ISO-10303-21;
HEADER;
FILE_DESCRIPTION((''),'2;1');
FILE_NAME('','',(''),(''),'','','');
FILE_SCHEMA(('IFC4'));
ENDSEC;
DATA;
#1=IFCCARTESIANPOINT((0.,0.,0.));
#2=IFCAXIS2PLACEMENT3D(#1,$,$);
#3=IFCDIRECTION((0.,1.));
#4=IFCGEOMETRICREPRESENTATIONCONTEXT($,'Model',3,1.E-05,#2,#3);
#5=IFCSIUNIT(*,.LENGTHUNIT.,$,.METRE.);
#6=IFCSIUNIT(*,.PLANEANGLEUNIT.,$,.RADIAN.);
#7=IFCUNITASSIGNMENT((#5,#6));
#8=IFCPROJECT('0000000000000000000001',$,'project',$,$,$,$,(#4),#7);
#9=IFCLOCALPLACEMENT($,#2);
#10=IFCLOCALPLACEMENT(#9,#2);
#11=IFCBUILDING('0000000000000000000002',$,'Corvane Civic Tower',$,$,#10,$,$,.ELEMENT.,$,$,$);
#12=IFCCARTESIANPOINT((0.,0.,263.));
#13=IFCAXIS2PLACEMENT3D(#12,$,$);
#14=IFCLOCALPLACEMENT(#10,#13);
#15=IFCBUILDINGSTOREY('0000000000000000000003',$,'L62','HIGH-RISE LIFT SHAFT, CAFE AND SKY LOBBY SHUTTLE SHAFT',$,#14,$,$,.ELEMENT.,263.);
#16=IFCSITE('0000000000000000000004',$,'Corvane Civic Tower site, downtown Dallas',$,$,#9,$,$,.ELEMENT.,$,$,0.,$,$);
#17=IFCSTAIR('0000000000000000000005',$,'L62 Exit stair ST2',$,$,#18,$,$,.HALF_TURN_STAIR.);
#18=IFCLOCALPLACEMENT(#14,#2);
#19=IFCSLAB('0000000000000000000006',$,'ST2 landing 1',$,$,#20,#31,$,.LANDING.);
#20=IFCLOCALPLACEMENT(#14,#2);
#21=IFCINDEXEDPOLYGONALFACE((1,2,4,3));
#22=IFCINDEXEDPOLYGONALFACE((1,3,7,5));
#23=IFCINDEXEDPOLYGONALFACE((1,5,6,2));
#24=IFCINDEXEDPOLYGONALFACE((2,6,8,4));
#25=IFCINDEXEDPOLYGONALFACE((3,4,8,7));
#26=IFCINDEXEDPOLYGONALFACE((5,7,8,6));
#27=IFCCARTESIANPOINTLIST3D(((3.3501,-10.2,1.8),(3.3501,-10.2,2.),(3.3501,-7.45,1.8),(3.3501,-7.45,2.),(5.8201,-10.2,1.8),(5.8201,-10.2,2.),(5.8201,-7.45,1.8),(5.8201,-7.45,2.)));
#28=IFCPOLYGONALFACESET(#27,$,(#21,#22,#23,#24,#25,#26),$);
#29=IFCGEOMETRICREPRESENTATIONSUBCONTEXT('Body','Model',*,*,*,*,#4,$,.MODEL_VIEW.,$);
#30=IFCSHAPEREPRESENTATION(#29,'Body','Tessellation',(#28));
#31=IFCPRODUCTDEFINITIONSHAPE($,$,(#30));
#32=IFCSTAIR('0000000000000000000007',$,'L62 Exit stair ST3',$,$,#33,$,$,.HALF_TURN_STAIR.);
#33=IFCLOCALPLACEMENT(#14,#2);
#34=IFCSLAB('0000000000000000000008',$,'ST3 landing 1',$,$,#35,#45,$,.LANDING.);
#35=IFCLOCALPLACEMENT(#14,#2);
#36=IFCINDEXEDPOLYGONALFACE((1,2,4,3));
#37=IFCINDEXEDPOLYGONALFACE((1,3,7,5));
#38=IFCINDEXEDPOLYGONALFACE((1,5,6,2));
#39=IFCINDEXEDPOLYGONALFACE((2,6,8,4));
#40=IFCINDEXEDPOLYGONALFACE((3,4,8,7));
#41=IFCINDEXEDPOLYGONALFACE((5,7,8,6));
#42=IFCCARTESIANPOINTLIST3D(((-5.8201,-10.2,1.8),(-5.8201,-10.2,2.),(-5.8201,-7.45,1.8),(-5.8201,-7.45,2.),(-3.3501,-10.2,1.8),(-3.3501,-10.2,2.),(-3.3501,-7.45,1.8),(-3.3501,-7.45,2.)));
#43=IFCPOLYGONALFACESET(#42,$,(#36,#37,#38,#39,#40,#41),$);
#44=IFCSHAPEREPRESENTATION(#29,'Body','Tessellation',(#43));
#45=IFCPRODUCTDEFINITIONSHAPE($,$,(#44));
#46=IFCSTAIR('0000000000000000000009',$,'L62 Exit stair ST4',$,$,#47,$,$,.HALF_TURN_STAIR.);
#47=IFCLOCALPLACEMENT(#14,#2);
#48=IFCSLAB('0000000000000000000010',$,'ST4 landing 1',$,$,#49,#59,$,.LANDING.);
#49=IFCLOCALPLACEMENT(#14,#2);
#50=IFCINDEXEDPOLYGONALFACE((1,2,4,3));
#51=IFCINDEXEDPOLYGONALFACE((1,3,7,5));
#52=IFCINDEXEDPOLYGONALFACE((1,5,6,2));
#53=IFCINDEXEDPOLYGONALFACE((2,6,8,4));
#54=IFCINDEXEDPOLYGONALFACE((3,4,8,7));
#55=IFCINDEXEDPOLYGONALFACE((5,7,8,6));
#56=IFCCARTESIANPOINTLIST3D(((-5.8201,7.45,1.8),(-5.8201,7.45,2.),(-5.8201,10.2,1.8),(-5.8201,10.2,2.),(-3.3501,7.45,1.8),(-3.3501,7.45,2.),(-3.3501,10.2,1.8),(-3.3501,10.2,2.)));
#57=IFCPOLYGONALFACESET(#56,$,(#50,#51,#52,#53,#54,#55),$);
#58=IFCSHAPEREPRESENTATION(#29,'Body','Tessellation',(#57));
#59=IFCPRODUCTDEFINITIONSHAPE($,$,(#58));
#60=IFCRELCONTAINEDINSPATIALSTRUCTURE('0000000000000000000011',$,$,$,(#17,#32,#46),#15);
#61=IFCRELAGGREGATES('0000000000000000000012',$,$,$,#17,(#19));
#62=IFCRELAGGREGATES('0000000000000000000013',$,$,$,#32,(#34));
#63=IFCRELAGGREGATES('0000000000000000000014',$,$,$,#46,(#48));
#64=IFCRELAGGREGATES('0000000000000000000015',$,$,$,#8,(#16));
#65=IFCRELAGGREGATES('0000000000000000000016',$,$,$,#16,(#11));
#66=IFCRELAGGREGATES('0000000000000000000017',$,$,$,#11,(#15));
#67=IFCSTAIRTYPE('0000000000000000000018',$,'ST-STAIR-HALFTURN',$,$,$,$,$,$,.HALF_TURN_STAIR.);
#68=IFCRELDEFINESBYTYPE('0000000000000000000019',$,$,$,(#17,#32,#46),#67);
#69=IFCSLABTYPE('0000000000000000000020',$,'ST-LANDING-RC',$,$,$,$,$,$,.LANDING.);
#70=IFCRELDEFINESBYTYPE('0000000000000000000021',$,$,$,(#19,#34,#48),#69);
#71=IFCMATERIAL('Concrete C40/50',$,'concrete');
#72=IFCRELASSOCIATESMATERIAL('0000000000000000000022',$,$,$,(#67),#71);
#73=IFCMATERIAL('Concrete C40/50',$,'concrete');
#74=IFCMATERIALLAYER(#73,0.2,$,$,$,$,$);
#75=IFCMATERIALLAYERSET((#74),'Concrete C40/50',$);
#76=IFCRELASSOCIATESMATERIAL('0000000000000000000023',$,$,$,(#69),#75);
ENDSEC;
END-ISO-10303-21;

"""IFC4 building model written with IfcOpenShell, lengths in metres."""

from ifc_helpers import new_model, si_unit, direction, frame, origin, place, context, subcontext, project, spatial, polyline, outline, extrude, material, layer, layer_set, type_object, element, aggregate, save


model = new_model("IFC4")

# Units and contexts
model_context = context("Model", 3, precision=1e-05, world=origin(), true_north=direction((0.0, 1.0)))
body_context = subcontext(model_context, "Body", "Model", "MODEL_VIEW")
ifc_project = project(units=[si_unit("LENGTHUNIT", "METRE"), si_unit("PLANEANGLEUNIT", "RADIAN")], contexts=[model_context])

# Site, building, storey
site_placement = place(None, origin())
site = spatial("IfcSite", under=ifc_project, at=site_placement, Name="Corvane Civic Tower site, downtown Dallas", CompositionType="ELEMENT", RefElevation=0.0)
building_placement = place(site_placement, origin())
building = spatial("IfcBuilding", under=site, at=building_placement, Name="Corvane Civic Tower", CompositionType="ELEMENT")
storey_placement = place(building_placement, frame((0.0, 0.0, 263.0)))
storey = spatial("IfcBuildingStorey", under=building, at=storey_placement, Name="L62", Description="HIGH-RISE LIFT SHAFT, CAFE AND SKY LOBBY SHUTTLE SHAFT", CompositionType="ELEMENT", Elevation=263.0)

# Stairs, slabs
ifc_material_1 = material(Name="Concrete C40/50", Category="concrete")
stair_type = type_object("IfcStairType", Name="ST-STAIR-HALFTURN", PredefinedType="HALF_TURN_STAIR", material=ifc_material_1)
stair_1_placement = place(storey_placement, origin())
stair_1 = element("IfcStair", 1, at=stair_1_placement, inside=storey, type_object=stair_type, Name="L62 Exit stair ST2", PredefinedType="HALF_TURN_STAIR")
ifc_material_2 = material(Name="Concrete C40/50", Category="concrete")
ifc_layer_1 = layer(ifc_material_2, 0.2)
ifc_layer_set_1 = layer_set([ifc_layer_1], Name="Concrete C40/50")
slab_type = type_object("IfcSlabType", Name="ST-LANDING-RC", PredefinedType="LANDING", material=ifc_layer_set_1)
slab_1_placement = place(storey_placement, frame((0.0, 0.0, 1.8)))
slab_1 = element("IfcSlab", 2, at=slab_1_placement, type_object=slab_type, Name="ST2 landing 1", PredefinedType="LANDING", context=body_context, shape_type="SweptSolid", body=[
    extrude(outline(polyline([(5.8201, -7.45), (3.3501, -7.45), (3.3501, -10.2), (5.8201, -10.2), (5.8201, -7.45)])), origin(), (0.0, 0.0, 1.0), 0.2),
])
aggregate(stair_1, [slab_1])
stair_2_placement = place(storey_placement, origin())
stair_2 = element("IfcStair", 3, at=stair_2_placement, inside=storey, type_object=stair_type, Name="L62 Exit stair ST3", PredefinedType="HALF_TURN_STAIR")
slab_2_placement = place(storey_placement, frame((0.0, 0.0, 1.8)))
slab_2 = element("IfcSlab", 4, at=slab_2_placement, type_object=slab_type, Name="ST3 landing 1", PredefinedType="LANDING", context=body_context, shape_type="SweptSolid", body=[
    extrude(outline(polyline([(-5.8201, -10.2), (-3.3501, -10.2), (-3.3501, -7.45), (-5.8201, -7.45), (-5.8201, -10.2)])), origin(), (0.0, 0.0, 1.0), 0.2),
])
aggregate(stair_2, [slab_2])
stair_3_placement = place(storey_placement, origin())
stair_3 = element("IfcStair", 5, at=stair_3_placement, inside=storey, type_object=stair_type, Name="L62 Exit stair ST4", PredefinedType="HALF_TURN_STAIR")
slab_3_placement = place(storey_placement, frame((0.0, 0.0, 1.8)))
slab_3 = element("IfcSlab", 6, at=slab_3_placement, type_object=slab_type, Name="ST4 landing 1", PredefinedType="LANDING", context=body_context, shape_type="SweptSolid", body=[
    extrude(outline(polyline([(-5.8201, 7.45), (-3.3501, 7.45), (-3.3501, 10.2), (-5.8201, 10.2), (-5.8201, 7.45)])), origin(), (0.0, 0.0, 1.0), 0.2),
])

aggregate(stair_3, [slab_3])

save(model, "model.ifc")
